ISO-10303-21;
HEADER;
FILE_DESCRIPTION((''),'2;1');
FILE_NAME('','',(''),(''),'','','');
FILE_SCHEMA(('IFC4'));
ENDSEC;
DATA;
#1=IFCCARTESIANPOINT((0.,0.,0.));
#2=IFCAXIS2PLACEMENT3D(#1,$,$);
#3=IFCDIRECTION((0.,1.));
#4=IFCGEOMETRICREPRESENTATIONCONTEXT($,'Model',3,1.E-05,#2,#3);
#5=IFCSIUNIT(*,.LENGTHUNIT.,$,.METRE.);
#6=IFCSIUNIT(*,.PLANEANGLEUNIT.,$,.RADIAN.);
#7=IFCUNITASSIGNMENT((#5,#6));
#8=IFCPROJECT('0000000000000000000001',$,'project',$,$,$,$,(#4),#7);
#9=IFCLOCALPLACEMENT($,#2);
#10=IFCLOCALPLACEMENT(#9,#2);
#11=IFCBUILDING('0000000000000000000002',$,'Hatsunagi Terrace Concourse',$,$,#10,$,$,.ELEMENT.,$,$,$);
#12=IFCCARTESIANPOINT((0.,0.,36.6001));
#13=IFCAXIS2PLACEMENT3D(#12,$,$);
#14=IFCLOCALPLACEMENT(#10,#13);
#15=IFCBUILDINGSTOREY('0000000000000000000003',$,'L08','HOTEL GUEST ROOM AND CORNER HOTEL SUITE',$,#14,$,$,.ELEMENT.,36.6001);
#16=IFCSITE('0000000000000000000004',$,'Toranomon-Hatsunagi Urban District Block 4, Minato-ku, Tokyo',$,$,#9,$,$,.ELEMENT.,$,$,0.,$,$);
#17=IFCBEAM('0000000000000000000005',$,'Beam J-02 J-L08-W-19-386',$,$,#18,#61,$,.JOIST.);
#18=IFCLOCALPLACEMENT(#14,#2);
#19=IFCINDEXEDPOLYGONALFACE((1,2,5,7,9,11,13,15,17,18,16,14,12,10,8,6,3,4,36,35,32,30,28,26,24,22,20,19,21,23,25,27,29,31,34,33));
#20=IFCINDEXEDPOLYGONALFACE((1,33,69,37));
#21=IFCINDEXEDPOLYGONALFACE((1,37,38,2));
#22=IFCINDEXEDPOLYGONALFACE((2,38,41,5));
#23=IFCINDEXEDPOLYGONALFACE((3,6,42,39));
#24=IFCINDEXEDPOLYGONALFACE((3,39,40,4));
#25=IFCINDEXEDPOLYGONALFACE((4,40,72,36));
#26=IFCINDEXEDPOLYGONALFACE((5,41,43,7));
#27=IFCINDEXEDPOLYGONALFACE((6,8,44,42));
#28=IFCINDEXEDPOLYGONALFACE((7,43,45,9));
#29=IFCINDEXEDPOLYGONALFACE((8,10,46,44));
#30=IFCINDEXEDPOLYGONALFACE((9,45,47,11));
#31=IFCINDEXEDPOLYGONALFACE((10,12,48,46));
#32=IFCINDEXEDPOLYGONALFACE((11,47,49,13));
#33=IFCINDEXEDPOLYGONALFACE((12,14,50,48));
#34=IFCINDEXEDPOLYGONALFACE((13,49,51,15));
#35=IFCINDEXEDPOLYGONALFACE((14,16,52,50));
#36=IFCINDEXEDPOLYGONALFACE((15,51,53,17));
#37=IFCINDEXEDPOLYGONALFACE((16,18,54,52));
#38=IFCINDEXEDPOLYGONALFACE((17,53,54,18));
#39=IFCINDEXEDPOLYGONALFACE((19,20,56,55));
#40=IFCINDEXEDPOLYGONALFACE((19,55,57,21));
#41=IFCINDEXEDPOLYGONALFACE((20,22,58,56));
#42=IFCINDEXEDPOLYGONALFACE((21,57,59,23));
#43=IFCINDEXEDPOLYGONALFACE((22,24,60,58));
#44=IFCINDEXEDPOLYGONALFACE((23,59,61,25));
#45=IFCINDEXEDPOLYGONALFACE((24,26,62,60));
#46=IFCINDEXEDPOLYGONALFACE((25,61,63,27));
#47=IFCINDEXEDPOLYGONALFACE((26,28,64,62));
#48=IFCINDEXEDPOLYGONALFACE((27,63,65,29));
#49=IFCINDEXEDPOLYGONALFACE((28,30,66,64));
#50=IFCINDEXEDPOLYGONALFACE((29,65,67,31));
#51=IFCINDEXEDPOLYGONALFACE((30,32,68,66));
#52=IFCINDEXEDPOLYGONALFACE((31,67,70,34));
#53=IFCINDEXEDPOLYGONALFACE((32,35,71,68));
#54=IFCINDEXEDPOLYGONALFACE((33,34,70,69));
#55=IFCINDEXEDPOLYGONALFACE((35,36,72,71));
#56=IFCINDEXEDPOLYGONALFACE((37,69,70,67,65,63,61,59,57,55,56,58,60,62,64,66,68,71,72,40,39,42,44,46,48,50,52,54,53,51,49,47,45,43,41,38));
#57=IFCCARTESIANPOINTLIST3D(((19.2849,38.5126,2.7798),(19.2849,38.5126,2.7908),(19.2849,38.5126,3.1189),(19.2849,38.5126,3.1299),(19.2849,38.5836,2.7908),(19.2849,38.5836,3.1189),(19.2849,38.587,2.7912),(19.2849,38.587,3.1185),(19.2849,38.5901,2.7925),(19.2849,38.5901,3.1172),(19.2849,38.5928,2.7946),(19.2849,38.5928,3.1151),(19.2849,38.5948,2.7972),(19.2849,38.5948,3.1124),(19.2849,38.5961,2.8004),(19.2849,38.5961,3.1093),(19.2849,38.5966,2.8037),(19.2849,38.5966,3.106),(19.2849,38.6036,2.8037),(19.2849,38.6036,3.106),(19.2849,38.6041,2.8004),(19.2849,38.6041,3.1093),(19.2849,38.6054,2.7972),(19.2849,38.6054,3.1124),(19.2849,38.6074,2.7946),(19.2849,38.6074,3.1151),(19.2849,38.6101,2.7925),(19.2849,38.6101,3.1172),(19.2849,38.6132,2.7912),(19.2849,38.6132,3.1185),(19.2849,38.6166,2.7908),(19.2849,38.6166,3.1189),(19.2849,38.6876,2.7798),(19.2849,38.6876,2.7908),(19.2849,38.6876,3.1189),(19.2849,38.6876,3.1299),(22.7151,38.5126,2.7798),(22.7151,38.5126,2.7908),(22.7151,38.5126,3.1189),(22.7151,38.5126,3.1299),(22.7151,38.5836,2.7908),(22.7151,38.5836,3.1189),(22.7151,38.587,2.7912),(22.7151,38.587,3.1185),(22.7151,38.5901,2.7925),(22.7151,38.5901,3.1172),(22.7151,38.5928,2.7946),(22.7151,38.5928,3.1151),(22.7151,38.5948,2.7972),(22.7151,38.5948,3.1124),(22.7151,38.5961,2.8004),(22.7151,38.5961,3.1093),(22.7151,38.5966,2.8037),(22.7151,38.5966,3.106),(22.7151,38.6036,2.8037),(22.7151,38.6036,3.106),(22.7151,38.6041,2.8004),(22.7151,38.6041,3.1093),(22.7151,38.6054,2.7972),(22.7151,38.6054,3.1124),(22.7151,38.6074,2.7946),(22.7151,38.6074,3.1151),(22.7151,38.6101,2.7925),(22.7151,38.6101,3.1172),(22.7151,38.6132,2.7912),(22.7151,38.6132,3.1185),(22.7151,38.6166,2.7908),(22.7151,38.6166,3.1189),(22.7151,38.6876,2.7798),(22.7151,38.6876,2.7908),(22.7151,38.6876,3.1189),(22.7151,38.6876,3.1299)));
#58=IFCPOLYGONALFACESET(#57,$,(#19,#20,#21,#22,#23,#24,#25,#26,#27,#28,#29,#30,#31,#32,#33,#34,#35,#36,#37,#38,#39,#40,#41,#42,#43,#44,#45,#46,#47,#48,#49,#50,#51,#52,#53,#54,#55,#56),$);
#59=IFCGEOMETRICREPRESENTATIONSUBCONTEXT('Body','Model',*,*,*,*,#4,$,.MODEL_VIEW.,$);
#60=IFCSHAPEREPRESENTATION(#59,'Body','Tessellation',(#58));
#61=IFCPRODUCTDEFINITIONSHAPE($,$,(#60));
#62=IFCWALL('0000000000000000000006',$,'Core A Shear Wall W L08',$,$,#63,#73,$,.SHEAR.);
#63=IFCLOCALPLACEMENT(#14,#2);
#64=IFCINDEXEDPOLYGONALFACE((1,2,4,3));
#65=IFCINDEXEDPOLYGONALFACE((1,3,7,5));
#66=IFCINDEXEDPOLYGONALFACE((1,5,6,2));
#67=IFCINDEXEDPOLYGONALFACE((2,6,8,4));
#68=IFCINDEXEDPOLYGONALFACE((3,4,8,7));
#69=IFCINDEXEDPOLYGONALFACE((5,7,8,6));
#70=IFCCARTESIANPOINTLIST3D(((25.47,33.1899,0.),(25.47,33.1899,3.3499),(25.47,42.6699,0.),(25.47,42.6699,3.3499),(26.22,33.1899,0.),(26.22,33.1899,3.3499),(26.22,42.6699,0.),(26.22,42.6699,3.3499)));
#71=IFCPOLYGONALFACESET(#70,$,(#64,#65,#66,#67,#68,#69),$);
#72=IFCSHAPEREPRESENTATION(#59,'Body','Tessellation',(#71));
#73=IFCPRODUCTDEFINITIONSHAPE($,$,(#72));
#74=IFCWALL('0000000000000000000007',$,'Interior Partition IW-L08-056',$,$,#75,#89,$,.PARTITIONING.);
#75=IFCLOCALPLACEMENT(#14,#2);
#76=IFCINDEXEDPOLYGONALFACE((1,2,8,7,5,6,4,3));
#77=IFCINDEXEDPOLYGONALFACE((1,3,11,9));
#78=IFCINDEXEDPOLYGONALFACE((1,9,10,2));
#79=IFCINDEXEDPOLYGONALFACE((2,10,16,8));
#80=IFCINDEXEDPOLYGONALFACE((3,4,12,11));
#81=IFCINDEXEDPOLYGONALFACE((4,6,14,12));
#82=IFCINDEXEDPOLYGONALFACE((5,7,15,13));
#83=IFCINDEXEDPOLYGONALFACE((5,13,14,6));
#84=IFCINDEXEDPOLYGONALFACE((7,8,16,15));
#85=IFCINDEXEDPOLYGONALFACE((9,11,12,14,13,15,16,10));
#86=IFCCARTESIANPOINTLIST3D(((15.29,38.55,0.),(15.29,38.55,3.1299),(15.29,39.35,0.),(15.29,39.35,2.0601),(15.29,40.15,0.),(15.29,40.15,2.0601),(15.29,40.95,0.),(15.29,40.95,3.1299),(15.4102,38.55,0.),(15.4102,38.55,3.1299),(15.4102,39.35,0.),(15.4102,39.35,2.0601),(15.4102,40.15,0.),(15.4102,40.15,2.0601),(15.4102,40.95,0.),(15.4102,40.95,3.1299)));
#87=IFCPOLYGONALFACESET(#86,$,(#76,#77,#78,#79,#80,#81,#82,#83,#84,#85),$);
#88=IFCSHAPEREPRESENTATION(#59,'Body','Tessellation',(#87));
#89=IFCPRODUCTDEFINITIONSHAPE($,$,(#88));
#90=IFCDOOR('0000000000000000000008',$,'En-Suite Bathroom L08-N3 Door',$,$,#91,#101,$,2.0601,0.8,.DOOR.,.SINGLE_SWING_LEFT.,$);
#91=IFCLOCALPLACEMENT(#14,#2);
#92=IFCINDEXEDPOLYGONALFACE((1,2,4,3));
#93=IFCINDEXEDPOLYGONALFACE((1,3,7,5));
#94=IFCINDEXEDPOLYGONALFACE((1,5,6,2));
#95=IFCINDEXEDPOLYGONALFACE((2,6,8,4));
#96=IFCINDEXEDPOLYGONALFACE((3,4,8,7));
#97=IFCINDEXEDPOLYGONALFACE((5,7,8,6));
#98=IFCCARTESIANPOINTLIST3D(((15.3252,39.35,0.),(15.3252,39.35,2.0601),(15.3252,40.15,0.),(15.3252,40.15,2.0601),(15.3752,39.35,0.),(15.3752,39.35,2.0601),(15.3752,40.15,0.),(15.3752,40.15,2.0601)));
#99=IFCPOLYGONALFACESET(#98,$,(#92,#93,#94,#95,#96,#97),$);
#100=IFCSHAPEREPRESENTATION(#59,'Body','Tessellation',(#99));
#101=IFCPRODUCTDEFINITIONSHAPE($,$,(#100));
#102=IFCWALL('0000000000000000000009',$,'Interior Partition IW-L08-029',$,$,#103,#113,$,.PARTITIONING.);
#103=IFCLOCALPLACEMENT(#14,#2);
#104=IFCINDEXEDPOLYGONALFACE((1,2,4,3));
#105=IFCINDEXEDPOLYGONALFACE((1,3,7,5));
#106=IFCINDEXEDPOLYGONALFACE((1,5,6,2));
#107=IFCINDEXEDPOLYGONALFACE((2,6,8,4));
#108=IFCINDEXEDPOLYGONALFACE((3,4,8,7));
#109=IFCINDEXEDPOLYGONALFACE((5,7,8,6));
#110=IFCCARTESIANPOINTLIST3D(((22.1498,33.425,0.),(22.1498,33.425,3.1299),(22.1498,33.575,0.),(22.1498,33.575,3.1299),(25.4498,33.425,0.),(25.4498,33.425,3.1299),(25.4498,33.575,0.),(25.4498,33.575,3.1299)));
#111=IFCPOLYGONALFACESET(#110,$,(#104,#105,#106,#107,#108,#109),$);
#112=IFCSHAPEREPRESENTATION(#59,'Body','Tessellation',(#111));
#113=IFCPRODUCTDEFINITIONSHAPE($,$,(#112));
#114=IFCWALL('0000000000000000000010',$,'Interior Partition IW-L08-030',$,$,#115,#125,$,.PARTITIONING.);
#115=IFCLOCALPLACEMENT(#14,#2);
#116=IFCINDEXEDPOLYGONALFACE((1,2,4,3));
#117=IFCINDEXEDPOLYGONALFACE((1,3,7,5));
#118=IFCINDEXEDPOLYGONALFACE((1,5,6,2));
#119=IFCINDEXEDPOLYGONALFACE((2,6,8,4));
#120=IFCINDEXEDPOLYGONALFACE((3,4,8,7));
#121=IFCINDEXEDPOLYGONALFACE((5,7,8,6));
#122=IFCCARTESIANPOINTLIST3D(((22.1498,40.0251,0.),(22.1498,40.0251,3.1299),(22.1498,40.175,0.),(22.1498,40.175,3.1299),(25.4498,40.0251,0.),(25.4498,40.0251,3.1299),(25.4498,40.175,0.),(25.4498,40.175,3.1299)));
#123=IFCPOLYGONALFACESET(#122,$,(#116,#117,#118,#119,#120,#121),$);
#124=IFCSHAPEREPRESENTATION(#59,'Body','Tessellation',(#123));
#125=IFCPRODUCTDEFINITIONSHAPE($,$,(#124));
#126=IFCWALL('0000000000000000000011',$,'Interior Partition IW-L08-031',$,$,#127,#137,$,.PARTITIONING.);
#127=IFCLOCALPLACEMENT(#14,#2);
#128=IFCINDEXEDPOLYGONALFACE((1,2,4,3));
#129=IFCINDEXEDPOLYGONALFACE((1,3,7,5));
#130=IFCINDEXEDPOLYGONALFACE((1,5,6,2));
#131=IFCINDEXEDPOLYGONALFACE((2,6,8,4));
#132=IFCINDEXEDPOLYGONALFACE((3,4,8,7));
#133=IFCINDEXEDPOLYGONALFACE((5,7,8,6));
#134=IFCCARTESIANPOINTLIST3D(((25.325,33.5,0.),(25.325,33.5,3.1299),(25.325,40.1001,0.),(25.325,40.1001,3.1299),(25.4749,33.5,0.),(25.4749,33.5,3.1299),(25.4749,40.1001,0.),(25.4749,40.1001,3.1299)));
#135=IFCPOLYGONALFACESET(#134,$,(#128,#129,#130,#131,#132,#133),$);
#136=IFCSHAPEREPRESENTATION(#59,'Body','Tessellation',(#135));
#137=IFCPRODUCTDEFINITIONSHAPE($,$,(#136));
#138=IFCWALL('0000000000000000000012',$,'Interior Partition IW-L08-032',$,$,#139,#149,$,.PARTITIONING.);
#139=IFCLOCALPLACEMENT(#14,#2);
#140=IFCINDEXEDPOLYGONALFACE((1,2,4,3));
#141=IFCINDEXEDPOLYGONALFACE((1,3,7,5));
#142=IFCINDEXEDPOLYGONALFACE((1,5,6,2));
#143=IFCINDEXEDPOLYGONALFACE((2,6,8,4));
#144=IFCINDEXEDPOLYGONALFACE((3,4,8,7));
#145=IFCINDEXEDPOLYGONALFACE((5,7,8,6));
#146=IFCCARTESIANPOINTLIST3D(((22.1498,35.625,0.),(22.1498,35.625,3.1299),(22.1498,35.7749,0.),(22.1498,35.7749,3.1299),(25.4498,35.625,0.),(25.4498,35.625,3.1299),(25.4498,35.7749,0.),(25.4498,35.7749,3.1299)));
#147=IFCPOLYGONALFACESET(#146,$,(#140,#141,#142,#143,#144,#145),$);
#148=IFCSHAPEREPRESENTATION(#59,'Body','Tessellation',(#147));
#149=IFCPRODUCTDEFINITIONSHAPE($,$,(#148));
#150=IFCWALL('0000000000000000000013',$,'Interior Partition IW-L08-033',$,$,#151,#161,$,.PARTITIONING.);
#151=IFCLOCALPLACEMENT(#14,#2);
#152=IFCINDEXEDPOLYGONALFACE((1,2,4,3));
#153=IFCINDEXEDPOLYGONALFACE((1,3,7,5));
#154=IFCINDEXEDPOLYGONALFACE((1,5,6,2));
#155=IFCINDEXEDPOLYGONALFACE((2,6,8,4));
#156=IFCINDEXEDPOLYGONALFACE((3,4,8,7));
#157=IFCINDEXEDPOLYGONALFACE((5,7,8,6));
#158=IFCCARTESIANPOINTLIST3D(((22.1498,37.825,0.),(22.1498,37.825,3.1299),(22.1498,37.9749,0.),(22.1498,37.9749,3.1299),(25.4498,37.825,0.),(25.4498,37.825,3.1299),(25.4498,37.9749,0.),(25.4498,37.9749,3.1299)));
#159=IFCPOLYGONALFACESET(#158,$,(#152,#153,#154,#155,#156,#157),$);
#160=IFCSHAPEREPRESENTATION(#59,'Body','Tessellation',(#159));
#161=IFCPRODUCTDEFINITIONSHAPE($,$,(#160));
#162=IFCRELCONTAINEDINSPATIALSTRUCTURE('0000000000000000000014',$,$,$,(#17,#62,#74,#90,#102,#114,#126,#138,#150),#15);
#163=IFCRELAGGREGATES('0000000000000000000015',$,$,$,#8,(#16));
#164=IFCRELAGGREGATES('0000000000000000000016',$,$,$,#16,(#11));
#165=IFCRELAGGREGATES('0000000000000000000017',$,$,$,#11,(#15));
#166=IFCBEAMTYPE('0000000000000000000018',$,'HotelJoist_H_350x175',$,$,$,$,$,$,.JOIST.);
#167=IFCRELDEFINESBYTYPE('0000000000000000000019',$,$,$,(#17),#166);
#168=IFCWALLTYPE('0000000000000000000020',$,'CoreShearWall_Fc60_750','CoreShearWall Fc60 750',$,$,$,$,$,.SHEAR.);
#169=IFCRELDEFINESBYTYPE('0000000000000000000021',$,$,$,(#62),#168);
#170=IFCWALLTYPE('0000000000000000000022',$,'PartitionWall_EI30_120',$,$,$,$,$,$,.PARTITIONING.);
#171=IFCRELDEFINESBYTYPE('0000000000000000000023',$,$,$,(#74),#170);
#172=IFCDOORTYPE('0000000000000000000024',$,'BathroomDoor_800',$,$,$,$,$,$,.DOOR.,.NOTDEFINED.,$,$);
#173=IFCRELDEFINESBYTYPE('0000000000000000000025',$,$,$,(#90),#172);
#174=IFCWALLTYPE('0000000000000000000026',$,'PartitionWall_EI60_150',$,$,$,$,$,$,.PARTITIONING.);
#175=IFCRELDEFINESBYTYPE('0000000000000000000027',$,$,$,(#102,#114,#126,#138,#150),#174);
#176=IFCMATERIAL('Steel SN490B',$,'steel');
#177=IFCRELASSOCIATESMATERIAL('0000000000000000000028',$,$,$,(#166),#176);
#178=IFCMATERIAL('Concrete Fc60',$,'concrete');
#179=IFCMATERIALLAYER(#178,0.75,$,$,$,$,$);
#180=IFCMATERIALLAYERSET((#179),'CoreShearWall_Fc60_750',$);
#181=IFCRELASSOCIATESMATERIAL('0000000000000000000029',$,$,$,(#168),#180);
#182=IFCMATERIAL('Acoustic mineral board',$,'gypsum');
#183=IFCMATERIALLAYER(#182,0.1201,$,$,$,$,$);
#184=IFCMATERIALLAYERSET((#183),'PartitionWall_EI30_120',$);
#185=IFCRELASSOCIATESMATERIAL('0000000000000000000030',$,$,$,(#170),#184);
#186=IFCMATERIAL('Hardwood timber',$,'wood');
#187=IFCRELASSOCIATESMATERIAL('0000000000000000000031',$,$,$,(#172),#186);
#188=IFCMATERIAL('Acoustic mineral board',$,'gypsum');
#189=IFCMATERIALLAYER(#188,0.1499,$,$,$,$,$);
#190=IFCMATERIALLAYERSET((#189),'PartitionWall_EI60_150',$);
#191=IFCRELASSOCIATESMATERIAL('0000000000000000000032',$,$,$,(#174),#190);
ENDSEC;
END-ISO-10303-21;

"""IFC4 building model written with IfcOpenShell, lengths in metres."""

from ifc_helpers import new_model, si_unit, direction, frame, frame_2d, origin, origin_2d, place, context, subcontext, project, spatial, rectangle, i_section, extrude, material, layer, layer_set, material_profile, profile_set, type_object, element, fill, save


model = new_model("IFC4")

# Units and contexts
model_context = context("Model", 3, precision=1e-05, world=origin(), true_north=direction((0.0, 1.0)))
body_context = subcontext(model_context, "Body", "Model", "MODEL_VIEW")
ifc_project = project(units=[si_unit("LENGTHUNIT", "METRE"), si_unit("PLANEANGLEUNIT", "RADIAN")], contexts=[model_context])

# Site, building, storey
site_placement = place(None, origin())
site = spatial("IfcSite", under=ifc_project, at=site_placement, Name="Toranomon-Hatsunagi Urban District Block 4, Minato-ku, Tokyo", CompositionType="ELEMENT", RefElevation=0.0)
building_placement = place(site_placement, origin())
building = spatial("IfcBuilding", under=site, at=building_placement, Name="Hatsunagi Terrace Concourse", CompositionType="ELEMENT")
storey_placement = place(building_placement, frame((0.0, 0.0, 36.6001)))
storey = spatial("IfcBuildingStorey", under=building, at=storey_placement, Name="L08", Description="HOTEL GUEST ROOM AND CORNER HOTEL SUITE", CompositionType="ELEMENT", Elevation=36.6001)

# Beam
ifc_material_1 = material(Name="Steel SN490B", Category="steel")
ifc_material_profile_1 = material_profile(ifc_material_1, i_section(OverallWidth=0.175, OverallDepth=0.3501, WebThickness=0.0071, FlangeThickness=0.011, FilletRadius=0.0129, at=origin_2d()), Name="H-350x175x7x11")
ifc_profile_set_1 = profile_set([ifc_material_profile_1], Name="Steel SN490B")
beam_type_1 = type_object("IfcBeamType", Name="HotelJoist_H_350x175", PredefinedType="JOIST", material=ifc_profile_set_1)
beam_1_placement = place(storey_placement, frame((19.2849, 38.6001, 2.9548), z_axis=(1.0, 0.0, 0.0), x_axis=(0.0, 1.0, 0.0)))
element("IfcBeam", 1, at=beam_1_placement, inside=storey, type_object=beam_type_1, Name="Beam J-02 J-L08-W-19-386", PredefinedType="JOIST", context=body_context, shape_type="SweptSolid", body=[
    extrude(i_section(OverallWidth=0.175, OverallDepth=0.3501, WebThickness=0.0071, FlangeThickness=0.011, FilletRadius=0.0129, at=origin_2d()), origin(), (0.0, 0.0, 1.0), 3.4302),
])

# Wall
ifc_material_2 = material(Name="Concrete Fc60", Category="concrete")
ifc_layer_1 = layer(ifc_material_2, 0.75)
ifc_layer_set_1 = layer_set([ifc_layer_1], Name="CoreShearWall_Fc60_750")
wall_type_1 = type_object("IfcWallType", Name="CoreShearWall_Fc60_750", Description="CoreShearWall Fc60 750", PredefinedType="SHEAR", material=ifc_layer_set_1)
wall_1_placement = place(storey_placement, frame((25.845, 33.1899, 0.0), z_axis=(0.0, 0.0, 1.0), x_axis=(0.0, 1.0, 0.0)))
element("IfcWall", 2, at=wall_1_placement, inside=storey, type_object=wall_type_1, Name="Core A Shear Wall W L08", PredefinedType="SHEAR", context=body_context, shape_type="SweptSolid", body=[
    extrude(rectangle(XDim=9.48, YDim=0.75, at=frame_2d((4.74, 0.0))), origin(), (0.0, 0.0, 1.0), 3.3499),
])

# Wall, opening, door
ifc_material_3 = material(Name="Acoustic mineral board", Category="gypsum")
ifc_layer_2 = layer(ifc_material_3, 0.1201)
ifc_layer_set_2 = layer_set([ifc_layer_2], Name="PartitionWall_EI30_120")
wall_type_2 = type_object("IfcWallType", Name="PartitionWall_EI30_120", PredefinedType="PARTITIONING", material=ifc_layer_set_2)
wall_2_placement = place(storey_placement, frame((15.3501, 38.55, 0.0), z_axis=(0.0, 0.0, 1.0), x_axis=(0.0, 1.0, 0.0)))
wall_2 = element("IfcWall", 3, at=wall_2_placement, inside=storey, type_object=wall_type_2, Name="Interior Partition IW-L08-056", PredefinedType="PARTITIONING", context=body_context, shape_type="SweptSolid", body=[
    extrude(rectangle(XDim=2.3999, YDim=0.1201, at=frame_2d((1.2, 0.0))), origin(), (0.0, 0.0, 1.0), 3.1299),
])
opening_1_placement = place(wall_2_placement, frame((0.8, 0.0, 0.0)))
opening_1 = element("IfcOpeningElement", 4, at=opening_1_placement, cuts=wall_2, PredefinedType="OPENING", context=body_context, shape_type="SweptSolid", body=[
    extrude(rectangle(XDim=0.8, YDim=2.0601, at=frame_2d((0.3999, 1.03))), frame((0.0, 0.0701, 0.0), z_axis=(0.0, -1.0, 0.0), x_axis=(1.0, 0.0, 0.0)), (0.0, 0.0, 1.0), 0.1401),
])
ifc_material_4 = material(Name="Hardwood timber", Category="wood")
door_type_1 = type_object("IfcDoorType", Name="BathroomDoor_800", OperationType="NOTDEFINED", PredefinedType="DOOR", material=ifc_material_4)
door_1_placement = place(opening_1_placement, origin())
door_1 = element("IfcDoor", 5, at=door_1_placement, inside=storey, type_object=door_type_1, Name="En-Suite Bathroom L08-N3 Door", OperationType="SINGLE_SWING_LEFT", OverallHeight=2.0601, OverallWidth=0.8, PredefinedType="DOOR", context=body_context, shape_type="SweptSolid", body=[
    extrude(rectangle(XDim=0.8, YDim=2.0601, at=frame_2d((0.3999, 1.03))), frame((0.0, 0.0249, 0.0), z_axis=(0.0, -1.0, 0.0), x_axis=(1.0, 0.0, 0.0)), (0.0, 0.0, 1.0), 0.05),
])
fill(opening_1, door_1)

# Walls
ifc_material_5 = material(Name="Acoustic mineral board", Category="gypsum")
ifc_layer_3 = layer(ifc_material_5, 0.1499)
ifc_layer_set_3 = layer_set([ifc_layer_3], Name="PartitionWall_EI60_150")
wall_type_3 = type_object("IfcWallType", Name="PartitionWall_EI60_150", PredefinedType="PARTITIONING", material=ifc_layer_set_3)
for number, where, z_axis, x_axis, name in (
    (6, (22.1499, 33.5, 0.0), (0.0, 0.0, 1.0), (1.0, 0.0, 0.0), "Interior Partition IW-L08-029"),
    (7, (22.1499, 40.1001, 0.0), (0.0, 0.0, 1.0), (1.0, 0.0, 0.0), "Interior Partition IW-L08-030"),
):
    element("IfcWall", number, at=place(storey_placement, frame(where, z_axis=z_axis, x_axis=x_axis)), inside=storey, type_object=wall_type_3, Name=name, PredefinedType="PARTITIONING", context=body_context, shape_type="SweptSolid", body=[
        extrude(rectangle(XDim=3.3, YDim=0.1499, at=frame_2d((1.6499, 0.0))), origin(), (0.0, 0.0, 1.0), 3.1299),
    ])
wall_3_placement = place(storey_placement, frame((25.3999, 33.5, 0.0), z_axis=(0.0, 0.0, 1.0), x_axis=(0.0, 1.0, 0.0)))
element("IfcWall", 8, at=wall_3_placement, inside=storey, type_object=wall_type_3, Name="Interior Partition IW-L08-031", PredefinedType="PARTITIONING", context=body_context, shape_type="SweptSolid", body=[
    extrude(rectangle(XDim=6.6001, YDim=0.1499, at=frame_2d((3.3, 0.0))), origin(), (0.0, 0.0, 1.0), 3.1299),
])
for number, where, z_axis, x_axis, name in (
    (9, (22.1499, 35.7, 0.0), (0.0, 0.0, 1.0), (1.0, 0.0, 0.0), "Interior Partition IW-L08-032"),
    (10, (22.1499, 37.8999, 0.0), (0.0, 0.0, 1.0), (1.0, 0.0, 0.0), "Interior Partition IW-L08-033"),
):
    element("IfcWall", number, at=place(storey_placement, frame(where, z_axis=z_axis, x_axis=x_axis)), inside=storey, type_object=wall_type_3, Name=name, PredefinedType="PARTITIONING", context=body_context, shape_type="SweptSolid", body=[
        extrude(rectangle(XDim=3.3, YDim=0.1499, at=frame_2d((1.6499, 0.0))), origin(), (0.0, 0.0, 1.0), 3.1299),
    ])

save(model, "model.ifc")
